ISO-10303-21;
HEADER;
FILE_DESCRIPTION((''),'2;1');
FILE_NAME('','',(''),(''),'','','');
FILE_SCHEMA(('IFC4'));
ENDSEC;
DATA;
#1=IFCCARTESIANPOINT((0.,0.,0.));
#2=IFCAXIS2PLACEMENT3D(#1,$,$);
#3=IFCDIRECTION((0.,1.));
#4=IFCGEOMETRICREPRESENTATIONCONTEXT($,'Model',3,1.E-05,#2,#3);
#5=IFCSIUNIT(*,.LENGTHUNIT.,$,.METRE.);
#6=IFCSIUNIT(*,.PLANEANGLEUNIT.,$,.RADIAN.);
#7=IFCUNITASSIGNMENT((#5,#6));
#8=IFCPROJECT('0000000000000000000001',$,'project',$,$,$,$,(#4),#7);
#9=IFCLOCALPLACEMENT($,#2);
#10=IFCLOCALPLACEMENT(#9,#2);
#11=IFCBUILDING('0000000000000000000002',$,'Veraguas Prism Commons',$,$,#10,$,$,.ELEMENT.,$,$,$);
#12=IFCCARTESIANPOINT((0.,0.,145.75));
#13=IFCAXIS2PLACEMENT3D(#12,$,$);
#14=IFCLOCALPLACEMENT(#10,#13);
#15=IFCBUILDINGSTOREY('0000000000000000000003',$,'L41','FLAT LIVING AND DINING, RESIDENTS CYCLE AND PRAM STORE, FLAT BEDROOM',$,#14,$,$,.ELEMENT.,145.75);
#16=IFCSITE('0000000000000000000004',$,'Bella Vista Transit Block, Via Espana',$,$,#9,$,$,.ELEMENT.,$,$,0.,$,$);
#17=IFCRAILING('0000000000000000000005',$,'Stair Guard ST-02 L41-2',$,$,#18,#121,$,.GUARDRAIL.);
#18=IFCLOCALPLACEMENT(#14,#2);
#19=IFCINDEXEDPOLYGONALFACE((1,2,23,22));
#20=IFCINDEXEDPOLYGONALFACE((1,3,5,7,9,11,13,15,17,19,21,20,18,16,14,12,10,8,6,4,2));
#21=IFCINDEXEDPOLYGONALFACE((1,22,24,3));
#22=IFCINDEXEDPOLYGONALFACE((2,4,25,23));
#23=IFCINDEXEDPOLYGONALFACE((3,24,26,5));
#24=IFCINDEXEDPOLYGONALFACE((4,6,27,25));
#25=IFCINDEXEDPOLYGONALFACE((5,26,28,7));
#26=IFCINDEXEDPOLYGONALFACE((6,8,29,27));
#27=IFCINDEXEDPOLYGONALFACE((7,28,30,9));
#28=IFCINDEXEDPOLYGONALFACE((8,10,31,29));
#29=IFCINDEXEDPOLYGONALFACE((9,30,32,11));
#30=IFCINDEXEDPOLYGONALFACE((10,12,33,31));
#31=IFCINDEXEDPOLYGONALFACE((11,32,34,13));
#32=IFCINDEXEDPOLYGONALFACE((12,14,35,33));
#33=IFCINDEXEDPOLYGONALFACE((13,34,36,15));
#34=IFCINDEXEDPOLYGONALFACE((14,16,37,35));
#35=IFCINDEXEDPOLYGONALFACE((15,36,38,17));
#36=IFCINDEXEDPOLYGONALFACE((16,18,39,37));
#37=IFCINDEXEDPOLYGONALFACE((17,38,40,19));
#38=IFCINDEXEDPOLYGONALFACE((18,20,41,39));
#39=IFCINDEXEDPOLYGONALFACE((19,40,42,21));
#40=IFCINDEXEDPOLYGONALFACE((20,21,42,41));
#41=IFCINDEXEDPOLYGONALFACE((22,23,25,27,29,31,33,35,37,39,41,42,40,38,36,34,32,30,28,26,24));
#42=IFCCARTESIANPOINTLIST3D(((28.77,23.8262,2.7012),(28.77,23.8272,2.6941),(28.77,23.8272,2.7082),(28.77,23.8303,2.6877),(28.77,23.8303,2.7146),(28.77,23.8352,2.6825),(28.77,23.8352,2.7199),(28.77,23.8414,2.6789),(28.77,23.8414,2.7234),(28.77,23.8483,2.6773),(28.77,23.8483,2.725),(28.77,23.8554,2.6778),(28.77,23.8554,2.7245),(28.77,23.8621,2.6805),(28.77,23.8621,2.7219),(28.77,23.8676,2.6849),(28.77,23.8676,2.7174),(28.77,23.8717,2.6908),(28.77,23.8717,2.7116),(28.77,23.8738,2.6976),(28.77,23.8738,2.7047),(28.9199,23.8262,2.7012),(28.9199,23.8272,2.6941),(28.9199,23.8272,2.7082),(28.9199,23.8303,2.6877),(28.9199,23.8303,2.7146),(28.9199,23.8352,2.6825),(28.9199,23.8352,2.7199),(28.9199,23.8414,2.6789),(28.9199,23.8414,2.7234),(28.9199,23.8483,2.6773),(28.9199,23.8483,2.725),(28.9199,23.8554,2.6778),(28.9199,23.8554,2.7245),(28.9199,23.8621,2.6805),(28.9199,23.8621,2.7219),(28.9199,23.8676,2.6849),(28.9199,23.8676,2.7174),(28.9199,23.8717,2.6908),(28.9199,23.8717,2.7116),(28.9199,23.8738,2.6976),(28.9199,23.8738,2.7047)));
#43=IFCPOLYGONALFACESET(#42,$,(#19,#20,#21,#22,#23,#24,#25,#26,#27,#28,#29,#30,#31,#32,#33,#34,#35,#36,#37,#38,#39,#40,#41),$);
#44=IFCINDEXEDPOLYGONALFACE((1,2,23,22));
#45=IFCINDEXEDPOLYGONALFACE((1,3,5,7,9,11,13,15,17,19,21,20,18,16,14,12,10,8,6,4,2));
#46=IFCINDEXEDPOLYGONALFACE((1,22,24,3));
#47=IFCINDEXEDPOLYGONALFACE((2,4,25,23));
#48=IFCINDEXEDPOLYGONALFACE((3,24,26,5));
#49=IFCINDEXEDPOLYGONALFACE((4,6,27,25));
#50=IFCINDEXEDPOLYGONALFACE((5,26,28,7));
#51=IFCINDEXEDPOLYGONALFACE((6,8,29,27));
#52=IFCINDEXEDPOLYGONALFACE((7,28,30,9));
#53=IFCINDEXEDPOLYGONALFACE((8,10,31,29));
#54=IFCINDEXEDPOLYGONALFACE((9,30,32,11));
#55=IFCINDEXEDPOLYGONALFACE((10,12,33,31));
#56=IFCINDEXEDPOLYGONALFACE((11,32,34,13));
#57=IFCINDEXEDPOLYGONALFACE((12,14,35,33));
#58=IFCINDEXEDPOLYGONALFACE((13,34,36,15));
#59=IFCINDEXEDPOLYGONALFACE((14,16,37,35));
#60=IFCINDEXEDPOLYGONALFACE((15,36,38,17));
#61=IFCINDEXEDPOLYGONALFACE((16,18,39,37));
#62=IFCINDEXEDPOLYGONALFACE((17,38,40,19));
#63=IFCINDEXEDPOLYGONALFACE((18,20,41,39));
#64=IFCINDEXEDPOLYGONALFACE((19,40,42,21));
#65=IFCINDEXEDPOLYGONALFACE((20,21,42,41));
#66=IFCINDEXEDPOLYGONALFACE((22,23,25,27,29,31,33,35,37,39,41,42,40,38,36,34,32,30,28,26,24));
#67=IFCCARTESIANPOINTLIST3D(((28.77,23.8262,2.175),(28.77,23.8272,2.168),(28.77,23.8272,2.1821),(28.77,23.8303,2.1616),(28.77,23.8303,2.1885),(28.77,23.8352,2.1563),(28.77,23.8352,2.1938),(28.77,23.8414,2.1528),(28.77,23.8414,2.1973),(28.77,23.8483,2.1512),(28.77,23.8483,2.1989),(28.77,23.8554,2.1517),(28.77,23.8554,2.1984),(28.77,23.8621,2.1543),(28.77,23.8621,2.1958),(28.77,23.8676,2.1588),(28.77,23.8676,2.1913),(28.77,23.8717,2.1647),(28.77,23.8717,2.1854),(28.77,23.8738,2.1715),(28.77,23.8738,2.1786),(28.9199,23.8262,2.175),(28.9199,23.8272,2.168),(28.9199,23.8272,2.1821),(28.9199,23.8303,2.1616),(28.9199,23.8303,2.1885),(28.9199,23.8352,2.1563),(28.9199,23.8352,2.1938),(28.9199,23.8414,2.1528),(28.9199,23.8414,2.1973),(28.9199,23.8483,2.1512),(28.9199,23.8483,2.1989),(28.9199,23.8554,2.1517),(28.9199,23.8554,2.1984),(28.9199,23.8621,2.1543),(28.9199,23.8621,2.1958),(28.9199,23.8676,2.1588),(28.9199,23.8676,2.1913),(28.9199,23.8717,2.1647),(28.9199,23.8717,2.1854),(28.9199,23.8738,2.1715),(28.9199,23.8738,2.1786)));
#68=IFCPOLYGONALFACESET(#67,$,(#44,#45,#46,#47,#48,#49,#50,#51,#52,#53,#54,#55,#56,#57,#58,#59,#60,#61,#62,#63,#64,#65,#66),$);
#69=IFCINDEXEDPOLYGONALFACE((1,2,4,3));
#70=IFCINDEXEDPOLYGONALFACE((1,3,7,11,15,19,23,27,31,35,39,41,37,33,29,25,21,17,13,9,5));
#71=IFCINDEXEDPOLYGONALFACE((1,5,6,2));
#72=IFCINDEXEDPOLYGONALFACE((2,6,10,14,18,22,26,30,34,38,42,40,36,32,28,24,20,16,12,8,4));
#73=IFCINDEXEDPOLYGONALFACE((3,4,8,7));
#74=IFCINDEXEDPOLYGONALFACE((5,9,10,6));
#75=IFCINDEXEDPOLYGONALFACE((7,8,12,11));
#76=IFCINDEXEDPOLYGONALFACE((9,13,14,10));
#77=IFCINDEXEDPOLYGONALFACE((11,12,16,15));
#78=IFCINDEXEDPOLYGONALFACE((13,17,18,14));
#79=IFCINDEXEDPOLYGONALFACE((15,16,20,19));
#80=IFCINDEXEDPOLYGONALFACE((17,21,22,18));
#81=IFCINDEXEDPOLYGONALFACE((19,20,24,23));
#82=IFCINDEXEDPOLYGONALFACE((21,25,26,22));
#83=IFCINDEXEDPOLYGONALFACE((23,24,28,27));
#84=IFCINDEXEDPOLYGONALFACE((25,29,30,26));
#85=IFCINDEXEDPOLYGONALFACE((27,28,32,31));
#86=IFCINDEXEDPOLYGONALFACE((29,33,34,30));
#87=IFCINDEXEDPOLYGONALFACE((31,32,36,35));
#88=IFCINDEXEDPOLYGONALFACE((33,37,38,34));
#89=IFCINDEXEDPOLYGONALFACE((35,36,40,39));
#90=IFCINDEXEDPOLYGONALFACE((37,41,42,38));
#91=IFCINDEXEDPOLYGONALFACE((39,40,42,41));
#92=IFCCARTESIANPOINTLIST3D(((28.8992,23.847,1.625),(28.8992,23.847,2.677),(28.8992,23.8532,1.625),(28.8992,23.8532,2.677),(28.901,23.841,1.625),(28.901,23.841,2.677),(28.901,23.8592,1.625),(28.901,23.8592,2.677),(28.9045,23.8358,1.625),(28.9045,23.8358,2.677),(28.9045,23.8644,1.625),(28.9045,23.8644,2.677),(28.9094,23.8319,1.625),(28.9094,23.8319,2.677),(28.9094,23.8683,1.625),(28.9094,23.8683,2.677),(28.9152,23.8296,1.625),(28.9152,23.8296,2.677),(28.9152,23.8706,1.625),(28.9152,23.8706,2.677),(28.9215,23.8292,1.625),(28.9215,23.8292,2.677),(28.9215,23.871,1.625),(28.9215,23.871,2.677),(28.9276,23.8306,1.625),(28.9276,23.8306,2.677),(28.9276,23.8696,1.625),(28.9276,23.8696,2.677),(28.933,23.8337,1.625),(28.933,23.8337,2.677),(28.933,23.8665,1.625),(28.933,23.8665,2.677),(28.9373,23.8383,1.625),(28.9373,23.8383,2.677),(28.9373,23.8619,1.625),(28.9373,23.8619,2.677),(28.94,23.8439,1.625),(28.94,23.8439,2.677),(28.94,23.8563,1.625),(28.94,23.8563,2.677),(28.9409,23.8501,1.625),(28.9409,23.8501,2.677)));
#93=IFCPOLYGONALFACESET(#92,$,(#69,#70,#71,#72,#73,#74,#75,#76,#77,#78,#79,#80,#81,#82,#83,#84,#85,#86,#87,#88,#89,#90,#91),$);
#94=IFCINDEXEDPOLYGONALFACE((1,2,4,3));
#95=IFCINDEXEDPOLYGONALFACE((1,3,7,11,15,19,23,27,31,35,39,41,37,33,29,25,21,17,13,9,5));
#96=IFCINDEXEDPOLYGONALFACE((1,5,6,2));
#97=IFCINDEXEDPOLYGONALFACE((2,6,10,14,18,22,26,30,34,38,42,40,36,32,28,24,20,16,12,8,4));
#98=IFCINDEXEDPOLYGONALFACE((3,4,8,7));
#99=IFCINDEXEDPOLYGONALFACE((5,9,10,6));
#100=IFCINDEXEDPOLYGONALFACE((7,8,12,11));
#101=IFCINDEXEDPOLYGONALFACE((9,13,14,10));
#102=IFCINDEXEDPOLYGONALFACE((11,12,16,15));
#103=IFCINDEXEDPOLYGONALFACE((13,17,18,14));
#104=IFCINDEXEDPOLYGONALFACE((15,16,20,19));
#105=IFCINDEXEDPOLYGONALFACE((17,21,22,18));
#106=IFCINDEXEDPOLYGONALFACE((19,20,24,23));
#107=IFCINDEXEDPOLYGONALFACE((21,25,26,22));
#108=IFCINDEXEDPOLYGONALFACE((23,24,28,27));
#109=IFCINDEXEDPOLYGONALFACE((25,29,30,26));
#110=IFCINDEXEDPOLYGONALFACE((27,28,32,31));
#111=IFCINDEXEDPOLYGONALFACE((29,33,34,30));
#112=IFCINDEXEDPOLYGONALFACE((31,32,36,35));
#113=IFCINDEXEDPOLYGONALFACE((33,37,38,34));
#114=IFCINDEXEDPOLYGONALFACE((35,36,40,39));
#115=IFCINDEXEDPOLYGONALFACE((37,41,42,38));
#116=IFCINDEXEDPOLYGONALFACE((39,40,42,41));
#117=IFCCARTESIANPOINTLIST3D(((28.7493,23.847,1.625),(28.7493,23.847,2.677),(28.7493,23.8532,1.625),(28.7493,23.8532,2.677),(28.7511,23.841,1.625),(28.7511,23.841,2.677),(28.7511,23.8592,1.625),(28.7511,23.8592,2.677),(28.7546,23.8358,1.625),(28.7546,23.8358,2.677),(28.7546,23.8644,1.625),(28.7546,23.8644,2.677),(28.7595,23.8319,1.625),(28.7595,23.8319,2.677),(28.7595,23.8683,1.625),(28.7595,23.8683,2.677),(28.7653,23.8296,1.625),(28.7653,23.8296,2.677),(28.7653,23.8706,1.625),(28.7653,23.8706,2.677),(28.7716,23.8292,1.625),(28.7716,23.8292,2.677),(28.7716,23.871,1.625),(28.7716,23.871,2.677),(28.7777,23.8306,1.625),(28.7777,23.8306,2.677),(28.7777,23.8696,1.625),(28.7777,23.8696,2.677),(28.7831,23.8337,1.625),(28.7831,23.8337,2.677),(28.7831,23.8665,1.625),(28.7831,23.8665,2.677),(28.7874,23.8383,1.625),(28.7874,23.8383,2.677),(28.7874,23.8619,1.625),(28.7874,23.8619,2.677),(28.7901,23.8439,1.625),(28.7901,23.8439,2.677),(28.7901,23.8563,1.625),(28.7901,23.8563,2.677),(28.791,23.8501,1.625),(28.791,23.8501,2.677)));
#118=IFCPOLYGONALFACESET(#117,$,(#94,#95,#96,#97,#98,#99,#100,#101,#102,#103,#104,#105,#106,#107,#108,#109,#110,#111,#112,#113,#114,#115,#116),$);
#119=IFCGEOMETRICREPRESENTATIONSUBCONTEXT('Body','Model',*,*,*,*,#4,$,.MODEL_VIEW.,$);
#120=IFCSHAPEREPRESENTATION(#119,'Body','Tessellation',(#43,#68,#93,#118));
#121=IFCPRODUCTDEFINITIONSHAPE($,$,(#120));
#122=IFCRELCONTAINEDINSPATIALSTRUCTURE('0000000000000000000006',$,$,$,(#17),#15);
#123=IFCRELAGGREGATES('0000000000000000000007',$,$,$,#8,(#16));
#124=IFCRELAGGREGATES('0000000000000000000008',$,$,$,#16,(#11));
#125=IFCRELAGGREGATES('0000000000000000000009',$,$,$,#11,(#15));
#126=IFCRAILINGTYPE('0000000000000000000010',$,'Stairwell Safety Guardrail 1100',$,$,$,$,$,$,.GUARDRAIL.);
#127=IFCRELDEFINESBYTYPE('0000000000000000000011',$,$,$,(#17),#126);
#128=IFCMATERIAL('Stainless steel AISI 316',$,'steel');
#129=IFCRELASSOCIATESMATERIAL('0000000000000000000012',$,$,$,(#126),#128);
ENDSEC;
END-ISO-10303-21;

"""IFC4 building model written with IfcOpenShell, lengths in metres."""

from ifc_helpers import new_model, si_unit, direction, frame, origin, origin_2d, place, context, subcontext, project, spatial, circle, extrude, material, type_object, element, save


model = new_model("IFC4")

# Units and contexts
model_context = context("Model", 3, precision=1e-05, world=origin(), true_north=direction((0.0, 1.0)))
body_context = subcontext(model_context, "Body", "Model", "MODEL_VIEW")
ifc_project = project(units=[si_unit("LENGTHUNIT", "METRE"), si_unit("PLANEANGLEUNIT", "RADIAN")], contexts=[model_context])

# Site, building, storey
site_placement = place(None, origin())
site = spatial("IfcSite", under=ifc_project, at=site_placement, Name="Bella Vista Transit Block, Via Espana", CompositionType="ELEMENT", RefElevation=0.0)
building_placement = place(site_placement, origin())
building = spatial("IfcBuilding", under=site, at=building_placement, Name="Veraguas Prism Commons", CompositionType="ELEMENT")
storey_placement = place(building_placement, frame((0.0, 0.0, 145.75)))
storey = spatial("IfcBuildingStorey", under=building, at=storey_placement, Name="L41", Description="FLAT LIVING AND DINING, RESIDENTS CYCLE AND PRAM STORE, FLAT BEDROOM", CompositionType="ELEMENT", Elevation=145.75)

# Shared definitions
ifc_material_1 = material(Name="Stainless steel AISI 316", Category="steel")

# Railing
railing_type_1 = type_object("IfcRailingType", Name="Stairwell Safety Guardrail 1100", PredefinedType="GUARDRAIL", material=ifc_material_1)
railing_1_placement = place(storey_placement, frame((28.9199, 23.8501, 1.625)))
element("IfcRailing", 1, at=railing_1_placement, inside=storey, type_object=railing_type_1, Name="Stair Guard ST-02 L41-2", PredefinedType="GUARDRAIL", context=body_context, shape_type="SweptSolid", body=[
    extrude(circle(Radius=0.0239, at=origin_2d()), frame((0.0, 0.0, 1.0762), z_axis=(-1.0, 0.0, 0.0), x_axis=(0.0, -1.0, 0.0)), (0.0, 0.0, 1.0), 0.1499),
    extrude(circle(Radius=0.0239, at=origin_2d()), frame((0.0, 0.0, 0.55), z_axis=(-1.0, 0.0, 0.0), x_axis=(0.0, -1.0, 0.0)), (0.0, 0.0, 1.0), 0.1499),
    extrude(circle(Radius=0.021, at=origin_2d()), origin(), (0.0, 0.0, 1.0), 1.052),
    extrude(circle(Radius=0.021, at=origin_2d()), frame((-0.1499, 0.0, 0.0)), (0.0, 0.0, 1.0), 1.052),
])

save(model, "model.ifc")
